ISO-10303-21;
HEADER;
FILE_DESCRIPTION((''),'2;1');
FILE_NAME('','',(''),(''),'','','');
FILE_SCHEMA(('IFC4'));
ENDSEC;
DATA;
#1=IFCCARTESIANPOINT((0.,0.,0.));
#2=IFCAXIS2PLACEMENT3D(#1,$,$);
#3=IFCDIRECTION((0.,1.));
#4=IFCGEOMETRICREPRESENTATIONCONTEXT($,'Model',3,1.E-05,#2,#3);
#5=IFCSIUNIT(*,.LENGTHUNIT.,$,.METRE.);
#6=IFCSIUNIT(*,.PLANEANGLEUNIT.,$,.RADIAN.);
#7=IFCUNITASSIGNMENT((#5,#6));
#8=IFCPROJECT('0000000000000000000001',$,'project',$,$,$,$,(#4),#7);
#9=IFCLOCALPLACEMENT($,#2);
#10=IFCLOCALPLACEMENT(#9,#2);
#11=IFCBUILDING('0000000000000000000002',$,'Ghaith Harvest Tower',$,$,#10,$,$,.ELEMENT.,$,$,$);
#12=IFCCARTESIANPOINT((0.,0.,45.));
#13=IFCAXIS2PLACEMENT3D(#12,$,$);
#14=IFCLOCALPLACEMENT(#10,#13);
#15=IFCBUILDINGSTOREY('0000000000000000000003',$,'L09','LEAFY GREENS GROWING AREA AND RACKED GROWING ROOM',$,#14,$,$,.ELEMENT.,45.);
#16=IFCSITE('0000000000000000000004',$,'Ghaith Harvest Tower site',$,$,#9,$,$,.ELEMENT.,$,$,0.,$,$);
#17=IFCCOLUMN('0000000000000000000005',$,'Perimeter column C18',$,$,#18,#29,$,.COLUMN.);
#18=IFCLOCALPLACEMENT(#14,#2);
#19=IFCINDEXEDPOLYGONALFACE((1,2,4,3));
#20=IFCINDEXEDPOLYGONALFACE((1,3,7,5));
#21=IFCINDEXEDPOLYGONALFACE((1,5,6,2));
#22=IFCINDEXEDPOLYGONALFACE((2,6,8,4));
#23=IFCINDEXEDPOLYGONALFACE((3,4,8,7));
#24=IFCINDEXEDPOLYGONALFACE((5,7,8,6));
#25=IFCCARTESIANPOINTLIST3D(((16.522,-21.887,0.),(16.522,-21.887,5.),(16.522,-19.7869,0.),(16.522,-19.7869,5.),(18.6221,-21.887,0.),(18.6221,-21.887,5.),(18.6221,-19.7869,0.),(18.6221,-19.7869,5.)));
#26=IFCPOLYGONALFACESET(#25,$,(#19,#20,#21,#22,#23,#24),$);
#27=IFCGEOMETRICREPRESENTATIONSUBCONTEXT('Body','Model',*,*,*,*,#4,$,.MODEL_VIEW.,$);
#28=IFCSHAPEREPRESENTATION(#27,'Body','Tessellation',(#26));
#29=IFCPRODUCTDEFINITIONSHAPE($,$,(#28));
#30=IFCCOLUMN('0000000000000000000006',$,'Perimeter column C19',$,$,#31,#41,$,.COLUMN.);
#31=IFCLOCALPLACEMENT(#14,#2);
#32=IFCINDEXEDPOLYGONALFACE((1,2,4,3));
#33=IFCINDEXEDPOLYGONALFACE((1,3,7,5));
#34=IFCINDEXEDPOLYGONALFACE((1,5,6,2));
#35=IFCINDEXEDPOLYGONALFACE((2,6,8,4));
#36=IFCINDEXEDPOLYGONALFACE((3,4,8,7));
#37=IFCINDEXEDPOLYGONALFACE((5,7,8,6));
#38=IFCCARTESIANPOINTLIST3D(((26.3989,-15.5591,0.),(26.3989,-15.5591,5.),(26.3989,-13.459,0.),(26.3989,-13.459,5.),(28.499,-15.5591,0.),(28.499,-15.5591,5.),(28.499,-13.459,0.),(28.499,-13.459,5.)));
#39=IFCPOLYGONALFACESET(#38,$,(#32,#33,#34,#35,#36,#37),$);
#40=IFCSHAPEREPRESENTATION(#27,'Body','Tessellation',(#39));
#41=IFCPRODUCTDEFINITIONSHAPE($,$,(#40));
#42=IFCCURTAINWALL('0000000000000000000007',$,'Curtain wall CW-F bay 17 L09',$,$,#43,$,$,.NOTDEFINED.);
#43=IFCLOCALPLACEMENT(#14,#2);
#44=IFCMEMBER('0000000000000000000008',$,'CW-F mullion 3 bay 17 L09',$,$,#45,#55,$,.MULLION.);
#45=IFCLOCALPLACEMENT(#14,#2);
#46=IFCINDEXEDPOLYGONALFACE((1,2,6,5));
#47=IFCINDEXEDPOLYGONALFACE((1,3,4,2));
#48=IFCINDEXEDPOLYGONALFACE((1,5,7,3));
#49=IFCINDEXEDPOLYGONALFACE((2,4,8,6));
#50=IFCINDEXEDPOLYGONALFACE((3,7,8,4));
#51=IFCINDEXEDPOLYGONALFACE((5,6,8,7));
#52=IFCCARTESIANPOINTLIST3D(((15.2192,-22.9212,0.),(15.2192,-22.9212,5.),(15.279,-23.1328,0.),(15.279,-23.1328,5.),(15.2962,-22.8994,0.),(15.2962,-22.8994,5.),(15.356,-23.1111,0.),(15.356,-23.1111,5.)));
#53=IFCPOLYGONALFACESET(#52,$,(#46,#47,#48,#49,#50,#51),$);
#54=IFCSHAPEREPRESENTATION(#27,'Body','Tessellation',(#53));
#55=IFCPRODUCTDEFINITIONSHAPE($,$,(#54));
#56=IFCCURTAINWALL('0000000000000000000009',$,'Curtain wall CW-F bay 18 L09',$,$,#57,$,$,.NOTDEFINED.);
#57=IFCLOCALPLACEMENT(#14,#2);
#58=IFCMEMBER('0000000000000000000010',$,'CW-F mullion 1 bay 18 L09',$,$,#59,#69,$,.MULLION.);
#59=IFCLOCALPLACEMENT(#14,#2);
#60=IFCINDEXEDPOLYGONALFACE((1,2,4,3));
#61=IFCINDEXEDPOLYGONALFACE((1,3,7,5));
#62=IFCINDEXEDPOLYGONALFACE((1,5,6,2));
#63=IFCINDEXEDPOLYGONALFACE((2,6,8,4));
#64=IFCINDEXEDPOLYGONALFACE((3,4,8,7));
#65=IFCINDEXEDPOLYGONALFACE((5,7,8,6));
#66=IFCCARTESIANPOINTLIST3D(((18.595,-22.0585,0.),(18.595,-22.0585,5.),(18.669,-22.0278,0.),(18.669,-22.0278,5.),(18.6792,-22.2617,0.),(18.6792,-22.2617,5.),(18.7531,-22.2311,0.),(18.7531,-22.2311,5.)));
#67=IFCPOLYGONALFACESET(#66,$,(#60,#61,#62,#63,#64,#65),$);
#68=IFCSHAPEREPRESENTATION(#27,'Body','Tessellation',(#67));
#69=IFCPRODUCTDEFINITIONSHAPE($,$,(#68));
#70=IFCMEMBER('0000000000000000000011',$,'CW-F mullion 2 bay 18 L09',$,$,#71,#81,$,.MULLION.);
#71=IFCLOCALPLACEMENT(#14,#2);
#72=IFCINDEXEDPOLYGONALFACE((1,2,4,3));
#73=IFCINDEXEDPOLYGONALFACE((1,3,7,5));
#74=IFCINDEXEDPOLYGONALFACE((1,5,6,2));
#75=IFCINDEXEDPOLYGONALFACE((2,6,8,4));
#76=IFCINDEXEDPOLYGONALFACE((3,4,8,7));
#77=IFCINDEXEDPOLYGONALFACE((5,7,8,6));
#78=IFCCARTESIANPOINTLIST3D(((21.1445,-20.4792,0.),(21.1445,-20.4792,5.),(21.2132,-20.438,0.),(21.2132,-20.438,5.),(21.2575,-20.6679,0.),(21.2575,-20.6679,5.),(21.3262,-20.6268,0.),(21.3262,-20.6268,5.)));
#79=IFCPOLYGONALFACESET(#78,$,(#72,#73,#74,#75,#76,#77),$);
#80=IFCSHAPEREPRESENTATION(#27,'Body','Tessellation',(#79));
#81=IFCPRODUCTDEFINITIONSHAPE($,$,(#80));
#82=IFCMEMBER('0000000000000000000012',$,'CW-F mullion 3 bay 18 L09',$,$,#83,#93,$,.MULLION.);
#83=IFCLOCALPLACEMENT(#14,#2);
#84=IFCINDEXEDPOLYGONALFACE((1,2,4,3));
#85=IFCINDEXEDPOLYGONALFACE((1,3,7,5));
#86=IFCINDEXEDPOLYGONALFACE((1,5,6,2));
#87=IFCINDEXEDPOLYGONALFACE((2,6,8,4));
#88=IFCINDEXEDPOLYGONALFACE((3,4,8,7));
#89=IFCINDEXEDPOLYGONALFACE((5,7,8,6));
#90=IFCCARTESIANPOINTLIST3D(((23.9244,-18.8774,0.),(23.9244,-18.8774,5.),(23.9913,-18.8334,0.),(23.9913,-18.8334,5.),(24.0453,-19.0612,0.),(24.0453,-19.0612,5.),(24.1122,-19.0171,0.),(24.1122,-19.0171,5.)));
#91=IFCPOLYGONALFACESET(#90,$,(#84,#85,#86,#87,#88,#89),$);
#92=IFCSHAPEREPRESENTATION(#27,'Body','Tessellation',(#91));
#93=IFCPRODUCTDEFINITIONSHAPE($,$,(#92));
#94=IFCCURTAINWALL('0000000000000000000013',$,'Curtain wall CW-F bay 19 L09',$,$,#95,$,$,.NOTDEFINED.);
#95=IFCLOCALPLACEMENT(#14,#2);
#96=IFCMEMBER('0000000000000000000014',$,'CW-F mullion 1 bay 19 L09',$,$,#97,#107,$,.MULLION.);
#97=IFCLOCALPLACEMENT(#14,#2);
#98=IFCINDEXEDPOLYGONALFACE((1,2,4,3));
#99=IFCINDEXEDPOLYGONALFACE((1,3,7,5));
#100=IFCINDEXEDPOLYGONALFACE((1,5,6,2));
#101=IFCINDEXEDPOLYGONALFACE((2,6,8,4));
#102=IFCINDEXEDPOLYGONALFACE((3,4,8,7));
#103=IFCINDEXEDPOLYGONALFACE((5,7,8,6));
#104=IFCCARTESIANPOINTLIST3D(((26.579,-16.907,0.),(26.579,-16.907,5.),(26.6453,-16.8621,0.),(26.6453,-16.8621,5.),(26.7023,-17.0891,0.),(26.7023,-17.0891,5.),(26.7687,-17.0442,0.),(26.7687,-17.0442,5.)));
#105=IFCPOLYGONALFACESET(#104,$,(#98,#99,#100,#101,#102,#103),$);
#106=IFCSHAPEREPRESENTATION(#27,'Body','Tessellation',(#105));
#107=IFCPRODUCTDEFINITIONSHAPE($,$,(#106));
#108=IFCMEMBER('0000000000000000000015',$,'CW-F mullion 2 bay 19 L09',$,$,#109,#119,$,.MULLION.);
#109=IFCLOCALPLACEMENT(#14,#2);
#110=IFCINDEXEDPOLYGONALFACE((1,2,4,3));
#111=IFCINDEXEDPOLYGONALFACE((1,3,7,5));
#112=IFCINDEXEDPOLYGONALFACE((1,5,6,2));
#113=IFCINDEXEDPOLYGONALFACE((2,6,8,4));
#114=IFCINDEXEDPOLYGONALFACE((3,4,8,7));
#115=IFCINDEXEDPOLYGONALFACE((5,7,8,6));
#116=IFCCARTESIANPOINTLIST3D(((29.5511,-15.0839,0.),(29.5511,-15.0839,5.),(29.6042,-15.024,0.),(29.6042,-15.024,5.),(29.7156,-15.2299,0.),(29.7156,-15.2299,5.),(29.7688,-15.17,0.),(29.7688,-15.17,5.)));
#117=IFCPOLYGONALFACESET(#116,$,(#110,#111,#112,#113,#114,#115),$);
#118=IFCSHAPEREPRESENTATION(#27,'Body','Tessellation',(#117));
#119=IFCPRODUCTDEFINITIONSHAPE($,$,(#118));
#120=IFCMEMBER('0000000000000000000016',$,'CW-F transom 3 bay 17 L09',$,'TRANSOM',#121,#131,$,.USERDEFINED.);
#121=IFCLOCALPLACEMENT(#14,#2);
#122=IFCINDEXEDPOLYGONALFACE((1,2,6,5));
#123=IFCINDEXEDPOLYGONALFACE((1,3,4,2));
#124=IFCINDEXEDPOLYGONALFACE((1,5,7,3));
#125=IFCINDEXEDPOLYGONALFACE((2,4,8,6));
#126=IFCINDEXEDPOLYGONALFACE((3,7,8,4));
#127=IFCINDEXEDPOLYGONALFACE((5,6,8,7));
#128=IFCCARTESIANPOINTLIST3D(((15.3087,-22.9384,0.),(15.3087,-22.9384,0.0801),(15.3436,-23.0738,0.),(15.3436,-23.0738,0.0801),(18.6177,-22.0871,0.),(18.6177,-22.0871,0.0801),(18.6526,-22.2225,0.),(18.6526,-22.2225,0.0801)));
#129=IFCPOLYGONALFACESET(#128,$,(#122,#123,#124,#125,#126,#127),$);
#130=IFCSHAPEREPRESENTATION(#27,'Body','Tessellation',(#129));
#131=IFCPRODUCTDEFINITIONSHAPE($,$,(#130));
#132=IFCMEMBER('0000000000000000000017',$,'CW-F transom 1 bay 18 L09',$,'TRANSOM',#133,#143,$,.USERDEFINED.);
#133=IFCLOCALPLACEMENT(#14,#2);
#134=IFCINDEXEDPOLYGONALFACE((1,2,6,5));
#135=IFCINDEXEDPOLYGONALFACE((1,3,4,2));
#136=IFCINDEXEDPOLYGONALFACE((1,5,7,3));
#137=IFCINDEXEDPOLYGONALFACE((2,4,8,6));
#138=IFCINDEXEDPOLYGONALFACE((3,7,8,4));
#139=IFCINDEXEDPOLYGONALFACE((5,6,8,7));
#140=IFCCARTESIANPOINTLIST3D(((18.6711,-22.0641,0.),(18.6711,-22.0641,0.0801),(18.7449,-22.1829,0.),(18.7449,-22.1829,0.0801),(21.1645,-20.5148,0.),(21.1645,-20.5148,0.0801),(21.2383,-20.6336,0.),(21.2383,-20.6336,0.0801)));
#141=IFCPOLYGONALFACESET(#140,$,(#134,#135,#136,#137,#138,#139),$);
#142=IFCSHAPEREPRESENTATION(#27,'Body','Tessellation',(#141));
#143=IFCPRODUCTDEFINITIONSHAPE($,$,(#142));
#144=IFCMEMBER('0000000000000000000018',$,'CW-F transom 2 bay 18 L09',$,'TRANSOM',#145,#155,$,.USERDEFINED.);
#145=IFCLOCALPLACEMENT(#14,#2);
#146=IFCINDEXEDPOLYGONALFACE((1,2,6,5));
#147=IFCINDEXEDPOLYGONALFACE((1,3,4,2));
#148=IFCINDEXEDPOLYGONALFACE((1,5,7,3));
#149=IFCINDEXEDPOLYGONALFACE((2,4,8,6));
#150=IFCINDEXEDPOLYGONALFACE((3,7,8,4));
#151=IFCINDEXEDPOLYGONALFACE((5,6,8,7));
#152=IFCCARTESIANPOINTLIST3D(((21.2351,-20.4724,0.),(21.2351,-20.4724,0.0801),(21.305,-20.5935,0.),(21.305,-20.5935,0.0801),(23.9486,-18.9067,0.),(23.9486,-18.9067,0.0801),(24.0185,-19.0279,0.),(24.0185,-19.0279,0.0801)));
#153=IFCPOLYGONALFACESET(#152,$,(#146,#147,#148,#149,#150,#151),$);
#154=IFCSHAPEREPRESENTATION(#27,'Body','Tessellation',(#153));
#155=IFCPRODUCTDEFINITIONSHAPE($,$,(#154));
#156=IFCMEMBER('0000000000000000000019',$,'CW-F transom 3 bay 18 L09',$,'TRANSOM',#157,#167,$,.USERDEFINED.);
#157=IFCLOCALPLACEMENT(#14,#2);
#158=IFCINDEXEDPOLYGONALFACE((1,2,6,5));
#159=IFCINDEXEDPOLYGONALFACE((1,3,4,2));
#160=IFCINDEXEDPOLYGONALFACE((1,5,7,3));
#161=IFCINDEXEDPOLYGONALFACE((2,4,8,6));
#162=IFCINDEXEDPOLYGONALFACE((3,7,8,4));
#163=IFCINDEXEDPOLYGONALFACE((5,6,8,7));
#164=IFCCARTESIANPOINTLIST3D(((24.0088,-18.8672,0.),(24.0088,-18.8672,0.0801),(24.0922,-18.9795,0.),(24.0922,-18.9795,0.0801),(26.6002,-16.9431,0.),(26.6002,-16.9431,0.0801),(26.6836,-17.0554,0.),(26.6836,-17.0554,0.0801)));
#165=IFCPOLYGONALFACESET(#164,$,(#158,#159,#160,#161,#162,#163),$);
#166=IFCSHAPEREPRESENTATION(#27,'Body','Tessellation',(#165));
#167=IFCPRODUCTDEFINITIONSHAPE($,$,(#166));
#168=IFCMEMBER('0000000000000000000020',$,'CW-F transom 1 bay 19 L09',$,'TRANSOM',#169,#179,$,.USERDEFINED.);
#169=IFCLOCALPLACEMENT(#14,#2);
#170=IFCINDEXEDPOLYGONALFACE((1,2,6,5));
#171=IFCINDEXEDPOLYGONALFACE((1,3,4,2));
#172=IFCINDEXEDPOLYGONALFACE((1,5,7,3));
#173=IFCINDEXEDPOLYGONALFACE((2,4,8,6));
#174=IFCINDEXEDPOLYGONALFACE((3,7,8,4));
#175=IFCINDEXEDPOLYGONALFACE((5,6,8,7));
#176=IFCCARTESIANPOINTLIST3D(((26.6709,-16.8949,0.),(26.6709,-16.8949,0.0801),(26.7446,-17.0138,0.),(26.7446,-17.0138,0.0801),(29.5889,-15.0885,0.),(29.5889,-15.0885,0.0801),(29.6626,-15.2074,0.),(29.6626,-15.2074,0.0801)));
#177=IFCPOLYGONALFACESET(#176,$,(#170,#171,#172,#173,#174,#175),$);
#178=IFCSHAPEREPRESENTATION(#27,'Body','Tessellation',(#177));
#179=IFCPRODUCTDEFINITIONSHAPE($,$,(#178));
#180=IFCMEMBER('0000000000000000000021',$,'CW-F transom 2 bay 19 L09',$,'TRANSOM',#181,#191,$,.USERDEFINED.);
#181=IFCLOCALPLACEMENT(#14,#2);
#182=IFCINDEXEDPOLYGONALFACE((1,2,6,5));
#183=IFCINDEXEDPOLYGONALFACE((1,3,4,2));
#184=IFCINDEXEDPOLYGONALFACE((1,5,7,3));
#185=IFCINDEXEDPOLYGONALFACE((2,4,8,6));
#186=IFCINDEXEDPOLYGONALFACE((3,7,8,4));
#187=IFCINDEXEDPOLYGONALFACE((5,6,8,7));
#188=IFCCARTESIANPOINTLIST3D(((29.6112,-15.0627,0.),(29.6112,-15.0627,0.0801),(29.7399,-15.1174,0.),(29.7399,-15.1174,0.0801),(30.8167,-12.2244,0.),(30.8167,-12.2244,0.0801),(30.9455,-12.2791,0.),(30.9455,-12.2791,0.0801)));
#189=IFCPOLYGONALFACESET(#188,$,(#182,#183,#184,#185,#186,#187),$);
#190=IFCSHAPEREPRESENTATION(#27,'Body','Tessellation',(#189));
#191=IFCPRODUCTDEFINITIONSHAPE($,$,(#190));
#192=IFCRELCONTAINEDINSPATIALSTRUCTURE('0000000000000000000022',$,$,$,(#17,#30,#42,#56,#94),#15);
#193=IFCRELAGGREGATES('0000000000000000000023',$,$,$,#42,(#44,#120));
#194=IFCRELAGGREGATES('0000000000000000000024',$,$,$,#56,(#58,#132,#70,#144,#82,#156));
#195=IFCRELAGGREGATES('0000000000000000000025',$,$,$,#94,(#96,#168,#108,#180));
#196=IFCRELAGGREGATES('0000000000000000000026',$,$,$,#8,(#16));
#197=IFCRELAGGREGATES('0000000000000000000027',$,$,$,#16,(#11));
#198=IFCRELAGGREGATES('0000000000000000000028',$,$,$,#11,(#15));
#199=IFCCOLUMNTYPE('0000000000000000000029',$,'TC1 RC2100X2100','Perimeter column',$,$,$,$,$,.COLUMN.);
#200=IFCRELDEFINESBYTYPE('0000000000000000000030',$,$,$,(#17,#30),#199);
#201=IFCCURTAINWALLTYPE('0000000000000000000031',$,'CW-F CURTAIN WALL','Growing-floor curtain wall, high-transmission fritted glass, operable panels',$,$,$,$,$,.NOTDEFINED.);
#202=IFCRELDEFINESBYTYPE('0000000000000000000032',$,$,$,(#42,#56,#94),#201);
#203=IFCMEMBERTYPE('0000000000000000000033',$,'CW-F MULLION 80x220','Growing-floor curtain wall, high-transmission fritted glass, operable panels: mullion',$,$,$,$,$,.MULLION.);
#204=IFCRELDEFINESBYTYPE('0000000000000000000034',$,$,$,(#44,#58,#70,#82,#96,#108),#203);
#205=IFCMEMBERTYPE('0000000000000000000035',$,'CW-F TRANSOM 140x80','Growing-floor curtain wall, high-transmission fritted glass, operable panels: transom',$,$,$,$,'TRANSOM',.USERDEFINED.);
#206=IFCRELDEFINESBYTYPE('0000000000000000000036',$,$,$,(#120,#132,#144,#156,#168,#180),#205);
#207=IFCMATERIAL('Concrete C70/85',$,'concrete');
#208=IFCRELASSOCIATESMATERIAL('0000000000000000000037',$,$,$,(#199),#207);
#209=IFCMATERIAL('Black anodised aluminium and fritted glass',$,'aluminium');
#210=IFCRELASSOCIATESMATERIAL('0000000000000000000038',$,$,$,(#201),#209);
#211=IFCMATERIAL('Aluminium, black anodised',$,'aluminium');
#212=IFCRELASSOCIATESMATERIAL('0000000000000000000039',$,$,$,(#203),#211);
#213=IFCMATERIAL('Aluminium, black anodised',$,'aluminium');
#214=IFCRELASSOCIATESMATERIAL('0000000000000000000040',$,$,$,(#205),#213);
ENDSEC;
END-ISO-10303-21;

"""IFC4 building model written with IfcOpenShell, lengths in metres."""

from ifc_helpers import new_model, si_unit, direction, frame, origin, origin_2d, place, context, subcontext, project, spatial, rectangle, extrude, material, material_profile, profile_set, type_object, element, aggregate, save


model = new_model("IFC4")

# Units and contexts
model_context = context("Model", 3, precision=1e-05, world=origin(), true_north=direction((0.0, 1.0)))
body_context = subcontext(model_context, "Body", "Model", "MODEL_VIEW")
ifc_project = project(units=[si_unit("LENGTHUNIT", "METRE"), si_unit("PLANEANGLEUNIT", "RADIAN")], contexts=[model_context])

# Site, building, storey
site_placement = place(None, origin())
site = spatial("IfcSite", under=ifc_project, at=site_placement, Name="Ghaith Harvest Tower site", CompositionType="ELEMENT", RefElevation=0.0)
building_placement = place(site_placement, origin())
building = spatial("IfcBuilding", under=site, at=building_placement, Name="Ghaith Harvest Tower", CompositionType="ELEMENT")
storey_placement = place(building_placement, frame((0.0, 0.0, 45.0)))
storey = spatial("IfcBuildingStorey", under=building, at=storey_placement, Name="L09", Description="LEAFY GREENS GROWING AREA AND RACKED GROWING ROOM", CompositionType="ELEMENT", Elevation=45.0)

# Columns
ifc_material_1 = material(Name="Concrete C70/85", Category="concrete")
ifc_material_profile_1 = material_profile(ifc_material_1, rectangle(XDim=2.1001, YDim=2.1001, at=origin_2d()), Name="RC2100X2100")
ifc_profile_set_1 = profile_set([ifc_material_profile_1], Name="Concrete C70/85")
column_type = type_object("IfcColumnType", Name="TC1 RC2100X2100", Description="Perimeter column", PredefinedType="COLUMN", material=ifc_profile_set_1)
for number, where, z_axis, x_axis, name in (
    (1, (17.572, -20.8369, 0.0), (0.0, 0.0, 1.0), (1.0, 0.0, 0.0), "Perimeter column C18"),
    (2, (27.449, -14.509, 0.0), (0.0, 0.0, 1.0), (1.0, 0.0, 0.0), "Perimeter column C19"),
):
    element("IfcColumn", number, at=place(storey_placement, frame(where, z_axis=z_axis, x_axis=x_axis)), inside=storey, type_object=column_type, Name=name, PredefinedType="COLUMN", context=body_context, shape_type="SweptSolid", body=[
        extrude(rectangle(XDim=2.1001, YDim=2.1001, at=origin_2d()), origin(), (0.0, 0.0, 1.0), 5.0),
    ])

# Curtain wall, member
ifc_material_2 = material(Name="Black anodised aluminium and fritted glass", Category="aluminium")
curtain_wall_type = type_object("IfcCurtainWallType", Name="CW-F CURTAIN WALL", Description="Growing-floor curtain wall, high-transmission fritted glass, operable panels", PredefinedType="NOTDEFINED", material=ifc_material_2)
curtain_wall_1_placement = place(storey_placement, origin())
curtain_wall_1 = element("IfcCurtainWall", 3, at=curtain_wall_1_placement, inside=storey, type_object=curtain_wall_type, Name="Curtain wall CW-F bay 17 L09", PredefinedType="NOTDEFINED")
ifc_material_3 = material(Name="Aluminium, black anodised", Category="aluminium")
ifc_material_profile_2 = material_profile(ifc_material_3, rectangle(XDim=0.0801, YDim=0.22, at=origin_2d()), Name="CW-F MULLION 80x220")
ifc_profile_set_2 = profile_set([ifc_material_profile_2], Name="Aluminium, black anodised")
member_type_1 = type_object("IfcMemberType", Name="CW-F MULLION 80x220", Description="Growing-floor curtain wall, high-transmission fritted glass, operable panels: mullion", PredefinedType="MULLION", material=ifc_profile_set_2)
member_1_placement = place(storey_placement, frame((15.2876, -23.0161, 0.0), z_axis=(0.0, 0.0, 1.0), x_axis=(0.962313, 0.271944, 0.0)))
member_1 = element("IfcMember", 4, at=member_1_placement, type_object=member_type_1, Name="CW-F mullion 3 bay 17 L09", PredefinedType="MULLION", context=body_context, shape_type="SweptSolid", body=[
    extrude(rectangle(XDim=0.0801, YDim=0.22, at=origin_2d()), origin(), (0.0, 0.0, 1.0), 5.0),
])

# Curtain walls, members
curtain_wall_2_placement = place(storey_placement, origin())
curtain_wall_2 = element("IfcCurtainWall", 5, at=curtain_wall_2_placement, inside=storey, type_object=curtain_wall_type, Name="Curtain wall CW-F bay 18 L09", PredefinedType="NOTDEFINED")
member_2_placement = place(storey_placement, frame((18.6741, -22.1448, 0.0), z_axis=(0.0, 0.0, 1.0), x_axis=(0.92391, 0.382609, 0.0)))
member_2 = element("IfcMember", 6, at=member_2_placement, type_object=member_type_1, Name="CW-F mullion 1 bay 18 L09", PredefinedType="MULLION", context=body_context, shape_type="SweptSolid", body=[
    extrude(rectangle(XDim=0.0801, YDim=0.22, at=origin_2d()), origin(), (0.0, 0.0, 1.0), 5.0),
])
member_3_placement = place(storey_placement, frame((21.2354, -20.553, 0.0), z_axis=(0.0, 0.0, 1.0), x_axis=(0.85814, 0.513415, 0.0)))
member_3 = element("IfcMember", 7, at=member_3_placement, type_object=member_type_1, Name="CW-F mullion 2 bay 18 L09", PredefinedType="MULLION", context=body_context, shape_type="SweptSolid", body=[
    extrude(rectangle(XDim=0.0801, YDim=0.22, at=origin_2d()), origin(), (0.0, 0.0, 1.0), 5.0),
])
member_4_placement = place(storey_placement, frame((24.0183, -18.9473, 0.0), z_axis=(0.0, 0.0, 1.0), x_axis=(0.835444, 0.549576, 0.0)))
member_4 = element("IfcMember", 8, at=member_4_placement, type_object=member_type_1, Name="CW-F mullion 3 bay 18 L09", PredefinedType="MULLION", context=body_context, shape_type="SweptSolid", body=[
    extrude(rectangle(XDim=0.0801, YDim=0.22, at=origin_2d()), origin(), (0.0, 0.0, 1.0), 5.0),
])
curtain_wall_3_placement = place(storey_placement, origin())
curtain_wall_3 = element("IfcCurtainWall", 9, at=curtain_wall_3_placement, inside=storey, type_object=curtain_wall_type, Name="Curtain wall CW-F bay 19 L09", PredefinedType="NOTDEFINED")
member_5_placement = place(storey_placement, frame((26.6738, -16.9756, 0.0), z_axis=(0.0, 0.0, 1.0), x_axis=(0.828002, 0.560725, 0.0)))
member_5 = element("IfcMember", 10, at=member_5_placement, type_object=member_type_1, Name="CW-F mullion 1 bay 19 L09", PredefinedType="MULLION", context=body_context, shape_type="SweptSolid", body=[
    extrude(rectangle(XDim=0.0801, YDim=0.22, at=origin_2d()), origin(), (0.0, 0.0, 1.0), 5.0),
])
member_6_placement = place(storey_placement, frame((29.6599, -15.127, 0.0), z_axis=(0.0, 0.0, 1.0), x_axis=(0.663605, 0.748083, 0.0)))
member_6 = element("IfcMember", 11, at=member_6_placement, type_object=member_type_1, Name="CW-F mullion 2 bay 19 L09", PredefinedType="MULLION", context=body_context, shape_type="SweptSolid", body=[
    extrude(rectangle(XDim=0.0801, YDim=0.22, at=origin_2d()), origin(), (0.0, 0.0, 1.0), 5.0),
])

# Members
ifc_material_4 = material(Name="Aluminium, black anodised", Category="aluminium")
ifc_material_profile_3 = material_profile(ifc_material_4, rectangle(XDim=0.1399, YDim=0.0801, at=origin_2d()), Name="CW-F TRANSOM 140x80")
ifc_profile_set_3 = profile_set([ifc_material_profile_3], Name="Aluminium, black anodised")
member_type_2 = type_object("IfcMemberType", Name="CW-F TRANSOM 140x80", Description="Growing-floor curtain wall, high-transmission fritted glass, operable panels: transom", ElementType="TRANSOM", PredefinedType="USERDEFINED", material=ifc_profile_set_3)
member_7_placement = place(storey_placement, frame((15.3262, -23.0061, 0.04), z_axis=(0.968464, 0.249154, 0.0), x_axis=(-0.249154, 0.968464, 0.0)))
member_7 = element("IfcMember", 12, at=member_7_placement, type_object=member_type_2, Name="CW-F transom 3 bay 17 L09", ObjectType="TRANSOM", PredefinedType="USERDEFINED", context=body_context, shape_type="SweptSolid", body=[
    extrude(rectangle(XDim=0.1399, YDim=0.0801, at=origin_2d()), origin(), (0.0, 0.0, 1.0), 3.4167),
])
member_8_placement = place(storey_placement, frame((18.708, -22.1235, 0.04), z_axis=(0.849383, 0.527777, 0.0), x_axis=(-0.527777, 0.849383, 0.0)))
member_8 = element("IfcMember", 13, at=member_8_placement, type_object=member_type_2, Name="CW-F transom 1 bay 18 L09", ObjectType="TRANSOM", PredefinedType="USERDEFINED", context=body_context, shape_type="SweptSolid", body=[
    extrude(rectangle(XDim=0.1399, YDim=0.0801, at=origin_2d()), origin(), (0.0, 0.0, 1.0), 2.9355),
])
member_9_placement = place(storey_placement, frame((21.27, -20.533, 0.04), z_axis=(0.866169, 0.499752, 0.0), x_axis=(-0.499752, 0.866169, 0.0)))
member_9 = element("IfcMember", 14, at=member_9_placement, type_object=member_type_2, Name="CW-F transom 2 bay 18 L09", ObjectType="TRANSOM", PredefinedType="USERDEFINED", context=body_context, shape_type="SweptSolid", body=[
    extrude(rectangle(XDim=0.1399, YDim=0.0801, at=origin_2d()), origin(), (0.0, 0.0, 1.0), 3.1328),
])
member_10_placement = place(storey_placement, frame((24.0505, -18.9233, 0.04), z_axis=(0.802877, 0.596144, 0.0), x_axis=(-0.596144, 0.802877, 0.0)))
member_10 = element("IfcMember", 15, at=member_10_placement, type_object=member_type_2, Name="CW-F transom 3 bay 18 L09", ObjectType="TRANSOM", PredefinedType="USERDEFINED", context=body_context, shape_type="SweptSolid", body=[
    extrude(rectangle(XDim=0.1399, YDim=0.0801, at=origin_2d()), origin(), (0.0, 0.0, 1.0), 3.2275),
])
member_11_placement = place(storey_placement, frame((26.7078, -16.9543, 0.04), z_axis=(0.850261, 0.526362, 0.0), x_axis=(-0.526362, 0.850261, 0.0)))
member_11 = element("IfcMember", 16, at=member_11_placement, type_object=member_type_2, Name="CW-F transom 1 bay 19 L09", ObjectType="TRANSOM", PredefinedType="USERDEFINED", context=body_context, shape_type="SweptSolid", body=[
    extrude(rectangle(XDim=0.1399, YDim=0.0801, at=origin_2d()), origin(), (0.0, 0.0, 1.0), 3.4319),
])
member_12_placement = place(storey_placement, frame((29.6755, -15.0901, 0.04), z_axis=(0.390936, 0.920418, 0.0), x_axis=(-0.920418, 0.390936, 0.0)))
member_12 = element("IfcMember", 17, at=member_12_placement, type_object=member_type_2, Name="CW-F transom 2 bay 19 L09", ObjectType="TRANSOM", PredefinedType="USERDEFINED", context=body_context, shape_type="SweptSolid", body=[
    extrude(rectangle(XDim=0.1399, YDim=0.0801, at=origin_2d()), origin(), (0.0, 0.0, 1.0), 3.0837),
])

aggregate(curtain_wall_1, [member_1, member_7])
aggregate(curtain_wall_2, [member_2, member_8, member_3, member_9, member_4, member_10])
aggregate(curtain_wall_3, [member_5, member_11, member_6, member_12])

save(model, "model.ifc")
